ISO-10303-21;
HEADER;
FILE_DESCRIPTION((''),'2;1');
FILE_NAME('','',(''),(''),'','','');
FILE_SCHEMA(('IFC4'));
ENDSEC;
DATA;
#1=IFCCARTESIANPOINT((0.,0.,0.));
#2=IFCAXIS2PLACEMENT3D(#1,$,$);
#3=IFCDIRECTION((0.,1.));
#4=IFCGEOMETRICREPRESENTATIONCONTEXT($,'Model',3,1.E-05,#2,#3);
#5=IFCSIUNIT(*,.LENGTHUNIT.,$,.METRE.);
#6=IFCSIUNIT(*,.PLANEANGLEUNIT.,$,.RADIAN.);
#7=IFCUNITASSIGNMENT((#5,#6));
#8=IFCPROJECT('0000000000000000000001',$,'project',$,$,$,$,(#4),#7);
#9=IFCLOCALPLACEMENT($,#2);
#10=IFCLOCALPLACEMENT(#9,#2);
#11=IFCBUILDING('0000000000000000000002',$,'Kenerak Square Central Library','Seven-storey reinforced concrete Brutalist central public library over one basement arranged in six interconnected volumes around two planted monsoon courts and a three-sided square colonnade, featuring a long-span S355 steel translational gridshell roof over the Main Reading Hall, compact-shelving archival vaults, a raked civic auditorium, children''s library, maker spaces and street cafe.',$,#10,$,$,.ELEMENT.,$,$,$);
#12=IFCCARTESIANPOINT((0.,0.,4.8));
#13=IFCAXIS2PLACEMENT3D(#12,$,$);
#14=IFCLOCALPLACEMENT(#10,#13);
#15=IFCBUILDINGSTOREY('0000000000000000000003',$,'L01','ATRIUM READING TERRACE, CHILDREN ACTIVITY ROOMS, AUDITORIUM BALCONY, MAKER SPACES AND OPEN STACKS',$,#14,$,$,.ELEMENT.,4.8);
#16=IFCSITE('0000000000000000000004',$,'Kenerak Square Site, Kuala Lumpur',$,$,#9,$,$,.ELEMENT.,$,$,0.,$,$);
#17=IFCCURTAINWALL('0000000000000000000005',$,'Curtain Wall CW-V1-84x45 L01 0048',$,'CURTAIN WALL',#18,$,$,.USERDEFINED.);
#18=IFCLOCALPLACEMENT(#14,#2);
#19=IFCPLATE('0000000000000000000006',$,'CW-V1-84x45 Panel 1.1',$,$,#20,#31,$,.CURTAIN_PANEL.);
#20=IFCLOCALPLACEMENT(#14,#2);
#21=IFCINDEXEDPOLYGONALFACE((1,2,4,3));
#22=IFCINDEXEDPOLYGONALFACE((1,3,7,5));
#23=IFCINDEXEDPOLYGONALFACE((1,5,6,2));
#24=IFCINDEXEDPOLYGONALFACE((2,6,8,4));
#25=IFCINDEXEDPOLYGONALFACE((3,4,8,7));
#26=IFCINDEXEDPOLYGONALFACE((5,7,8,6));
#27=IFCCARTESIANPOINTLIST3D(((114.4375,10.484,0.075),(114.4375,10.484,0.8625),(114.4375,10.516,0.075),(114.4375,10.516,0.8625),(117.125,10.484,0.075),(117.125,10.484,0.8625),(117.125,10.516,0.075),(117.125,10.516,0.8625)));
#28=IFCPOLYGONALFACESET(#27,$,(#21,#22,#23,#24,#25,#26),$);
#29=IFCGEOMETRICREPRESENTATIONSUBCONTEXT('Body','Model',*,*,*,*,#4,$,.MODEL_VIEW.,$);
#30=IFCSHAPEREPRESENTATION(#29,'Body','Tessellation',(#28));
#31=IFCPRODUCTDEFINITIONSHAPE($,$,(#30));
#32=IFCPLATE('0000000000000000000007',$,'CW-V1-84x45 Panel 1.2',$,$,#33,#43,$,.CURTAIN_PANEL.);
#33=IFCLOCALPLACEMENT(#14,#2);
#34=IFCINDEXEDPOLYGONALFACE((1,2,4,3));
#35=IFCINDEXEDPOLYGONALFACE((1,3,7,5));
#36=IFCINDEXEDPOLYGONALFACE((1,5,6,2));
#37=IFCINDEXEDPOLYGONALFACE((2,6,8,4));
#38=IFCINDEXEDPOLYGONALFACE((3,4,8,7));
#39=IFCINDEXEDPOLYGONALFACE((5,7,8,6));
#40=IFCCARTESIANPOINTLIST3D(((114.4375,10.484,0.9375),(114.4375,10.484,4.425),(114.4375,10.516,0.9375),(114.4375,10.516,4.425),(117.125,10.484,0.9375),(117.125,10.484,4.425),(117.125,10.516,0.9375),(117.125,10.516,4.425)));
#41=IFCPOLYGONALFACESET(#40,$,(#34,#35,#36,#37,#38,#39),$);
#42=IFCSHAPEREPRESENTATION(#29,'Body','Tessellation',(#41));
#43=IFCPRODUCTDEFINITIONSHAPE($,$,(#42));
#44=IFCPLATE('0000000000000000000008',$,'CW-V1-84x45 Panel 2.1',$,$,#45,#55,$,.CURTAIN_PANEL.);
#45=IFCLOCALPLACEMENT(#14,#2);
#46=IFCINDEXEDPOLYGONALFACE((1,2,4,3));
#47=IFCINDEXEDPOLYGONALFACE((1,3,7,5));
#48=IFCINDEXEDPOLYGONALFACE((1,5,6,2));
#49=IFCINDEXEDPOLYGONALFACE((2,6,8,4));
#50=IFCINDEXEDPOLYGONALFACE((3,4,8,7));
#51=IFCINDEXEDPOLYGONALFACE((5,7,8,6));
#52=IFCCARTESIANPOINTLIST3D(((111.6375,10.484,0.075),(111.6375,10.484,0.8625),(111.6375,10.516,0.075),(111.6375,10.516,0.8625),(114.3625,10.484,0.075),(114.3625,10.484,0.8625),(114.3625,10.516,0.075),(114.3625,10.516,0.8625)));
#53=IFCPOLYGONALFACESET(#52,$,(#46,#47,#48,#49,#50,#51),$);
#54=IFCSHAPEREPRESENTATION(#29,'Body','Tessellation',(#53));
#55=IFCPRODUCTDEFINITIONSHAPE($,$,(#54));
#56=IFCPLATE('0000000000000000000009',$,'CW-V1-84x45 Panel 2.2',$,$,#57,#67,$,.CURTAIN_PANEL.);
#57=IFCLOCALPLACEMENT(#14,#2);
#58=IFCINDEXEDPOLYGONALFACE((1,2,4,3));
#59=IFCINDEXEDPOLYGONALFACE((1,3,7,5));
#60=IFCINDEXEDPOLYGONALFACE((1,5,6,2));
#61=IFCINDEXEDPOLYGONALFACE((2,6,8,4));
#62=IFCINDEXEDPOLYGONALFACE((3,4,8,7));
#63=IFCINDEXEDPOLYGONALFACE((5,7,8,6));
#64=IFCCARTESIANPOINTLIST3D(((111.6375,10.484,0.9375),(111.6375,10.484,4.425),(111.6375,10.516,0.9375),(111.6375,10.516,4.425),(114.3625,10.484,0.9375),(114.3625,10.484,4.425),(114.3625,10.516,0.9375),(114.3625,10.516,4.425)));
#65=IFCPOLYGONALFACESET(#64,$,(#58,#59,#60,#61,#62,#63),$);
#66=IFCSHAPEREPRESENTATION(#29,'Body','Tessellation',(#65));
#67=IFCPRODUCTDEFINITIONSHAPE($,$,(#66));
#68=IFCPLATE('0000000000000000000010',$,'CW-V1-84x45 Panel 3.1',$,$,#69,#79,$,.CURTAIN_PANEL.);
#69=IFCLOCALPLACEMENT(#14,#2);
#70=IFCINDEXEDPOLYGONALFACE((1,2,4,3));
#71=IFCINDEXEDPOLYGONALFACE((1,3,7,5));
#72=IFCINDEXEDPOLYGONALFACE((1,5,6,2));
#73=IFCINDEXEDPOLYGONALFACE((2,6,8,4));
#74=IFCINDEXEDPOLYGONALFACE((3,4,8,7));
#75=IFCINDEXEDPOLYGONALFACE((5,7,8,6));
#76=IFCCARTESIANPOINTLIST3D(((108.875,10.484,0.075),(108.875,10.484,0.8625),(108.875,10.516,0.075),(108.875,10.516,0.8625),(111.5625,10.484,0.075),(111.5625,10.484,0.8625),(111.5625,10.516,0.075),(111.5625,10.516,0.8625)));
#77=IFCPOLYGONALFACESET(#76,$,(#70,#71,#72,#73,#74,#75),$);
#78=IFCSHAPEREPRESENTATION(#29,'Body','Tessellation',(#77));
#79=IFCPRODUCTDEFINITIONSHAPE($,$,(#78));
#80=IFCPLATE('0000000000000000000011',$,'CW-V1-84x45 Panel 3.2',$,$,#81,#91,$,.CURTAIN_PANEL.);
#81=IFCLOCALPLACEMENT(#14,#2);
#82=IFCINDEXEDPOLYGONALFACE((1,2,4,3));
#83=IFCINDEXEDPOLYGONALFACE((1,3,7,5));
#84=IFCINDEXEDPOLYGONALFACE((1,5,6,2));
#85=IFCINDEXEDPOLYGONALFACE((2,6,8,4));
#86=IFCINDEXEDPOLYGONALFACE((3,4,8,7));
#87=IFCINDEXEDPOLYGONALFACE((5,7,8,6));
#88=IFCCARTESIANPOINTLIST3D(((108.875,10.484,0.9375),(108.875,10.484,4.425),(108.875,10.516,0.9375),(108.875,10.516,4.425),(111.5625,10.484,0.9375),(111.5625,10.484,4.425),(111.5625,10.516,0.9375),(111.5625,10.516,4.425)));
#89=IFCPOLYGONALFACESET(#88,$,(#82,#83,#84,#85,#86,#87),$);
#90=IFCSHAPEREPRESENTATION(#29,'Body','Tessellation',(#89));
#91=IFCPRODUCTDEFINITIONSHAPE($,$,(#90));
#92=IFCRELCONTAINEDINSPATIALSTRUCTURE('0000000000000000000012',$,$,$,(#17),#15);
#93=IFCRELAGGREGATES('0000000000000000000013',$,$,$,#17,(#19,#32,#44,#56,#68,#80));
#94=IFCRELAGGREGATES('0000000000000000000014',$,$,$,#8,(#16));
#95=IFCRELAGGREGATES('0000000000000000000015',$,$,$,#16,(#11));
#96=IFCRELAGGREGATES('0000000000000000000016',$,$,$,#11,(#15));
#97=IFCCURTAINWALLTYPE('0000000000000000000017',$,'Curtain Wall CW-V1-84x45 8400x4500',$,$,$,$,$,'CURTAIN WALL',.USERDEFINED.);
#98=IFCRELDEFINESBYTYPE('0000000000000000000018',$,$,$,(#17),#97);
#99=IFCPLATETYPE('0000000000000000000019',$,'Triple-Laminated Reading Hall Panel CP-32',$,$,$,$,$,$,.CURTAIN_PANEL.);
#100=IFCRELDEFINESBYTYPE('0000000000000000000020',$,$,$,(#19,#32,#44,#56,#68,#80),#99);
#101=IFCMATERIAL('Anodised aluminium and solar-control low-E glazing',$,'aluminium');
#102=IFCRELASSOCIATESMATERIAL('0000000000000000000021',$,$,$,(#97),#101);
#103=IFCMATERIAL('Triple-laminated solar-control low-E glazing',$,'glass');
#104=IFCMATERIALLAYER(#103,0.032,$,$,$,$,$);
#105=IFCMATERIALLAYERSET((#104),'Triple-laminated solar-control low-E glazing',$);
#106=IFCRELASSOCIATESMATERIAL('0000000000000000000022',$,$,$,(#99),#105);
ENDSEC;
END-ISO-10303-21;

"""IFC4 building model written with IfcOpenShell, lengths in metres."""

from ifc_helpers import new_model, si_unit, direction, frame, origin, origin_2d, place, context, subcontext, project, spatial, rectangle, extrude, material, layer, layer_set, type_object, element, aggregate, save


model = new_model("IFC4")

# Units and contexts
model_context = context("Model", 3, precision=1e-05, world=origin(), true_north=direction((0.0, 1.0)))
body_context = subcontext(model_context, "Body", "Model", "MODEL_VIEW")
ifc_project = project(units=[si_unit("LENGTHUNIT", "METRE"), si_unit("PLANEANGLEUNIT", "RADIAN")], contexts=[model_context])

# Site, building, storey
site_placement = place(None, origin())
site = spatial("IfcSite", under=ifc_project, at=site_placement, Name="Kenerak Square Site, Kuala Lumpur", CompositionType="ELEMENT", RefElevation=0.0)
building_placement = place(site_placement, origin())
building = spatial("IfcBuilding", under=site, at=building_placement, Name="Kenerak Square Central Library", Description="Seven-storey reinforced concrete Brutalist central public library over one basement arranged in six interconnected volumes around two planted monsoon courts and a three-sided square colonnade, featuring a long-span S355 steel translational gridshell roof over the Main Reading Hall, compact-shelving archival vaults, a raked civic auditorium, children's library, maker spaces and street cafe.", CompositionType="ELEMENT")
storey_placement = place(building_placement, frame((0.0, 0.0, 4.8)))
storey = spatial("IfcBuildingStorey", under=building, at=storey_placement, Name="L01", Description="ATRIUM READING TERRACE, CHILDREN ACTIVITY ROOMS, AUDITORIUM BALCONY, MAKER SPACES AND OPEN STACKS", CompositionType="ELEMENT", Elevation=4.8)

# Shared definitions
ifc_material_1 = material(Name="Anodised aluminium and solar-control low-E glazing", Category="aluminium")

# Curtain wall
curtain_wall_type_1 = type_object("IfcCurtainWallType", Name="Curtain Wall CW-V1-84x45 8400x4500", ElementType="CURTAIN WALL", PredefinedType="USERDEFINED", material=ifc_material_1)
curtain_wall_1_placement = place(storey_placement, origin())
curtain_wall_1 = element("IfcCurtainWall", 1, at=curtain_wall_1_placement, inside=storey, type_object=curtain_wall_type_1, Name="Curtain Wall CW-V1-84x45 L01 0048", ObjectType="CURTAIN WALL", PredefinedType="USERDEFINED")

# Plates
ifc_material_2 = material(Name="Triple-laminated solar-control low-E glazing", Category="glass")
ifc_layer_1 = layer(ifc_material_2, 0.032)
ifc_layer_set_1 = layer_set([ifc_layer_1], Name="Triple-laminated solar-control low-E glazing")
plate_type_1 = type_object("IfcPlateType", Name="Triple-Laminated Reading Hall Panel CP-32", PredefinedType="CURTAIN_PANEL", material=ifc_layer_set_1)
plate_1_placement = place(storey_placement, frame((115.7812, 10.5, 0.075), z_axis=(0.0, 0.0, 1.0), x_axis=(-1.0, 0.0, 0.0)))
plate_1 = element("IfcPlate", 2, at=plate_1_placement, type_object=plate_type_1, Name="CW-V1-84x45 Panel 1.1", PredefinedType="CURTAIN_PANEL", context=body_context, shape_type="SweptSolid", body=[
    extrude(rectangle(XDim=2.6875, YDim=0.032, at=origin_2d()), origin(), (0.0, 0.0, 1.0), 0.7876),
])
plate_2_placement = place(storey_placement, frame((115.7812, 10.5, 0.9375), z_axis=(0.0, 0.0, 1.0), x_axis=(-1.0, 0.0, 0.0)))
plate_2 = element("IfcPlate", 3, at=plate_2_placement, type_object=plate_type_1, Name="CW-V1-84x45 Panel 1.2", PredefinedType="CURTAIN_PANEL", context=body_context, shape_type="SweptSolid", body=[
    extrude(rectangle(XDim=2.6875, YDim=0.032, at=origin_2d()), origin(), (0.0, 0.0, 1.0), 3.4875),
])
plate_3_placement = place(storey_placement, frame((113.0, 10.5, 0.075), z_axis=(0.0, 0.0, 1.0), x_axis=(-1.0, 0.0, 0.0)))
plate_3 = element("IfcPlate", 4, at=plate_3_placement, type_object=plate_type_1, Name="CW-V1-84x45 Panel 2.1", PredefinedType="CURTAIN_PANEL", context=body_context, shape_type="SweptSolid", body=[
    extrude(rectangle(XDim=2.7251, YDim=0.032, at=origin_2d()), origin(), (0.0, 0.0, 1.0), 0.7876),
])
plate_4_placement = place(storey_placement, frame((113.0, 10.5, 0.9375), z_axis=(0.0, 0.0, 1.0), x_axis=(-1.0, 0.0, 0.0)))
plate_4 = element("IfcPlate", 5, at=plate_4_placement, type_object=plate_type_1, Name="CW-V1-84x45 Panel 2.2", PredefinedType="CURTAIN_PANEL", context=body_context, shape_type="SweptSolid", body=[
    extrude(rectangle(XDim=2.7251, YDim=0.032, at=origin_2d()), origin(), (0.0, 0.0, 1.0), 3.4875),
])
plate_5_placement = place(storey_placement, frame((110.2188, 10.5, 0.075), z_axis=(0.0, 0.0, 1.0), x_axis=(-1.0, 0.0, 0.0)))
plate_5 = element("IfcPlate", 6, at=plate_5_placement, type_object=plate_type_1, Name="CW-V1-84x45 Panel 3.1", PredefinedType="CURTAIN_PANEL", context=body_context, shape_type="SweptSolid", body=[
    extrude(rectangle(XDim=2.6875, YDim=0.032, at=origin_2d()), origin(), (0.0, 0.0, 1.0), 0.7876),
])
plate_6_placement = place(storey_placement, frame((110.2188, 10.5, 0.9375), z_axis=(0.0, 0.0, 1.0), x_axis=(-1.0, 0.0, 0.0)))
plate_6 = element("IfcPlate", 7, at=plate_6_placement, type_object=plate_type_1, Name="CW-V1-84x45 Panel 3.2", PredefinedType="CURTAIN_PANEL", context=body_context, shape_type="SweptSolid", body=[
    extrude(rectangle(XDim=2.6875, YDim=0.032, at=origin_2d()), origin(), (0.0, 0.0, 1.0), 3.4875),
])
aggregate(curtain_wall_1, [plate_1, plate_2, plate_3, plate_4, plate_5, plate_6])

save(model, "model.ifc")
